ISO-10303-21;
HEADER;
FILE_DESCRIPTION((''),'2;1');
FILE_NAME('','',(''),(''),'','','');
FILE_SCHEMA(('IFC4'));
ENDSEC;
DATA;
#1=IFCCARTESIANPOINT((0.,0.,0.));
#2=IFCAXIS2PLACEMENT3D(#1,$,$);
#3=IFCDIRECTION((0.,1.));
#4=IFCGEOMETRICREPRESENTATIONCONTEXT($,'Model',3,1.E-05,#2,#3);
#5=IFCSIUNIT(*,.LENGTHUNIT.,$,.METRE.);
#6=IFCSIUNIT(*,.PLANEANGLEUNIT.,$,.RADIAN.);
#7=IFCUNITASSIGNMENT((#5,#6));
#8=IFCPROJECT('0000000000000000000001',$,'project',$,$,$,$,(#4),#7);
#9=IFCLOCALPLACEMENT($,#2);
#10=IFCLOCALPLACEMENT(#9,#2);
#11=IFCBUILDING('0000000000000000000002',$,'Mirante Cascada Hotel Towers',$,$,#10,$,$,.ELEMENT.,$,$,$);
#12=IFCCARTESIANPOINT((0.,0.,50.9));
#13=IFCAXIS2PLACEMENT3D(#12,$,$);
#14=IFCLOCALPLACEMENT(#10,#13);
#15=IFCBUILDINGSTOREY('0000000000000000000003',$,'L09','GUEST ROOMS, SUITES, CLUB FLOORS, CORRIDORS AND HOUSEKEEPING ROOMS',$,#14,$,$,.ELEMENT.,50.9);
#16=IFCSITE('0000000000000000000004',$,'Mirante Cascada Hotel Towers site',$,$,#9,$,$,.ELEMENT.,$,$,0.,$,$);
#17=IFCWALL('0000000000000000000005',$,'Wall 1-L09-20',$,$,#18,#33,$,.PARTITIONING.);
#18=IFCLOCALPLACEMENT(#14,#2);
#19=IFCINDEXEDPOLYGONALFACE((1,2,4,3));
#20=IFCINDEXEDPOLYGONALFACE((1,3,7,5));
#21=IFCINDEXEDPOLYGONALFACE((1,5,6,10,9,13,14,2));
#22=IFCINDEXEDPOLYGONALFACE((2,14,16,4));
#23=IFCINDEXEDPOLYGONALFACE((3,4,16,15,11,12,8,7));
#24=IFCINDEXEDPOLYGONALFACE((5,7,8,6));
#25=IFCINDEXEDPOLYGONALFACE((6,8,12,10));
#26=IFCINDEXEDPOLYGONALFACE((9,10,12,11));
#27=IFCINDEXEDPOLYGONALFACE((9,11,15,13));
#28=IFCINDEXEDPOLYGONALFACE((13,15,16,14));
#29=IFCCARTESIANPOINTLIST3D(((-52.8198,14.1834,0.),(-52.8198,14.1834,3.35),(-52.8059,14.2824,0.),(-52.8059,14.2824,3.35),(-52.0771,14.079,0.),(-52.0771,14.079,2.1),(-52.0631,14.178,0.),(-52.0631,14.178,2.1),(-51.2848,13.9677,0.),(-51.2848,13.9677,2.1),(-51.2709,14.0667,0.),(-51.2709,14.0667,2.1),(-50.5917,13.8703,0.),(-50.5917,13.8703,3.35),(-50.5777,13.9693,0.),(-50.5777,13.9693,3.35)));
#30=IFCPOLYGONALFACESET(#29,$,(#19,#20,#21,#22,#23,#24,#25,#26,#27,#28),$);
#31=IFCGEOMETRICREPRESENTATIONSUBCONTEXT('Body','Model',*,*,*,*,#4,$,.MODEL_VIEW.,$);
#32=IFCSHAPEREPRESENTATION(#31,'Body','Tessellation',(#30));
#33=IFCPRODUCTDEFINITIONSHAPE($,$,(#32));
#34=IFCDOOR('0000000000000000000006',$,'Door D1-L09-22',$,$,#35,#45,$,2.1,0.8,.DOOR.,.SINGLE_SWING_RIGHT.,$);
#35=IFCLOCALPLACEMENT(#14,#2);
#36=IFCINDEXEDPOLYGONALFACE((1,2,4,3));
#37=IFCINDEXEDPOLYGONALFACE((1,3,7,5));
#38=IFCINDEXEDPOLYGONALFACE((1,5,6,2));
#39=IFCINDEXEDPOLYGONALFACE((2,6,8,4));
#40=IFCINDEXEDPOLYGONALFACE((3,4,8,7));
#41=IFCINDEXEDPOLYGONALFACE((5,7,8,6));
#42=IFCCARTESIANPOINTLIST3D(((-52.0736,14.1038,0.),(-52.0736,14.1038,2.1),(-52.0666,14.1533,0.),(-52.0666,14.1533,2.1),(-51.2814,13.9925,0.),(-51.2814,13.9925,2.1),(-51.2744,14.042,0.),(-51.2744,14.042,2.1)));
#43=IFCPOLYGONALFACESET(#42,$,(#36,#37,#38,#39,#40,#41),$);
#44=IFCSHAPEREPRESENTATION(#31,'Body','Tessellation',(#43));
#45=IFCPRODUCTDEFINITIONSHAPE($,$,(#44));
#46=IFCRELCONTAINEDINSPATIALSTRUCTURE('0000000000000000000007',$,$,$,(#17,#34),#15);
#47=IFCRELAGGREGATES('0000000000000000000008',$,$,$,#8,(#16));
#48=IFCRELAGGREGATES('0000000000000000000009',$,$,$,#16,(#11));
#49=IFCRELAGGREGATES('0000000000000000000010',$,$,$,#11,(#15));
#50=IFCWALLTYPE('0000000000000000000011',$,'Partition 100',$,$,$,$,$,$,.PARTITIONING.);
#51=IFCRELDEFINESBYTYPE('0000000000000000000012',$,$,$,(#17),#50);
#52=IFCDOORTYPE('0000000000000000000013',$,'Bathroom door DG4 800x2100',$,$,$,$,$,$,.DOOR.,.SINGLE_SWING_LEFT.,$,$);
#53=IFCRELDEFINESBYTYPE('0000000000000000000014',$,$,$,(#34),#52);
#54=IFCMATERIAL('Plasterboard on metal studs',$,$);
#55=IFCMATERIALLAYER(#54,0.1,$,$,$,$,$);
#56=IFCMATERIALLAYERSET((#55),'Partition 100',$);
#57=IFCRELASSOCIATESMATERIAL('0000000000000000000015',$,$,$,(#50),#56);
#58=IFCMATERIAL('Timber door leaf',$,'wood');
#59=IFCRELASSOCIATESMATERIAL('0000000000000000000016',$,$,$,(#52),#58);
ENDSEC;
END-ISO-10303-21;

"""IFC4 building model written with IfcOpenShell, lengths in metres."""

from ifc_helpers import new_model, si_unit, direction, frame, frame_2d, origin, place, context, subcontext, project, spatial, rectangle, extrude, material, layer, layer_set, type_object, element, fill, save


model = new_model("IFC4")

# Units and contexts
model_context = context("Model", 3, precision=1e-05, world=origin(), true_north=direction((0.0, 1.0)))
body_context = subcontext(model_context, "Body", "Model", "MODEL_VIEW")
ifc_project = project(units=[si_unit("LENGTHUNIT", "METRE"), si_unit("PLANEANGLEUNIT", "RADIAN")], contexts=[model_context])

# Site, building, storey
site_placement = place(None, origin())
site = spatial("IfcSite", under=ifc_project, at=site_placement, Name="Mirante Cascada Hotel Towers site", CompositionType="ELEMENT", RefElevation=0.0)
building_placement = place(site_placement, origin())
building = spatial("IfcBuilding", under=site, at=building_placement, Name="Mirante Cascada Hotel Towers", CompositionType="ELEMENT")
storey_placement = place(building_placement, frame((0.0, 0.0, 50.9)))
storey = spatial("IfcBuildingStorey", under=building, at=storey_placement, Name="L09", Description="GUEST ROOMS, SUITES, CLUB FLOORS, CORRIDORS AND HOUSEKEEPING ROOMS", CompositionType="ELEMENT", Elevation=50.9)

# Wall, opening, door
ifc_material_1 = material(Name="Plasterboard on metal studs")
ifc_layer_1 = layer(ifc_material_1, 0.1)
ifc_layer_set_1 = layer_set([ifc_layer_1], Name="Partition 100")
wall_type_1 = type_object("IfcWallType", Name="Partition 100", PredefinedType="PARTITIONING", material=ifc_layer_set_1)
wall_placement = place(storey_placement, frame((-50.5847, 13.9198, 0.0), z_axis=(0.0, 0.0, 1.0), x_axis=(-0.990271, 0.139156, 0.0)))
wall = element("IfcWall", 1, at=wall_placement, inside=storey, type_object=wall_type_1, Name="Wall 1-L09-20", PredefinedType="PARTITIONING", context=body_context, shape_type="SweptSolid", body=[
    extrude(rectangle(XDim=2.25, YDim=0.1, at=frame_2d((1.125, 0.0))), origin(), (0.0, 0.0, 1.0), 3.35),
])
opening_placement = place(wall_placement, frame((0.7, 0.0, 0.0)))
opening = element("IfcOpeningElement", 2, at=opening_placement, cuts=wall, PredefinedType="OPENING", context=body_context, shape_type="SweptSolid", body=[
    extrude(rectangle(XDim=0.8, YDim=2.1, at=frame_2d((0.4, 1.05))), frame((0.0, 0.05, 0.0), z_axis=(0.0, -1.0, 0.0), x_axis=(1.0, 0.0, 0.0)), (0.0, 0.0, 1.0), 0.1),
])
ifc_material_2 = material(Name="Timber door leaf", Category="wood")
door_type = type_object("IfcDoorType", Name="Bathroom door DG4 800x2100", OperationType="SINGLE_SWING_LEFT", PredefinedType="DOOR", material=ifc_material_2)
door_placement = place(opening_placement, frame((0.8, 0.0, 0.0), z_axis=(0.0, 0.0, 1.0), x_axis=(-1.0, 0.0, 0.0)))
door = element("IfcDoor", 3, at=door_placement, inside=storey, type_object=door_type, Name="Door D1-L09-22", OperationType="SINGLE_SWING_RIGHT", OverallHeight=2.1, OverallWidth=0.8, PredefinedType="DOOR", context=body_context, shape_type="SweptSolid", body=[
    extrude(rectangle(XDim=0.8, YDim=2.1, at=frame_2d((0.4, 1.05))), frame((0.0, 0.025, 0.0), z_axis=(0.0, -1.0, 0.0), x_axis=(1.0, 0.0, 0.0)), (0.0, 0.0, 1.0), 0.05),
])
fill(opening, door)

save(model, "model.ifc")
